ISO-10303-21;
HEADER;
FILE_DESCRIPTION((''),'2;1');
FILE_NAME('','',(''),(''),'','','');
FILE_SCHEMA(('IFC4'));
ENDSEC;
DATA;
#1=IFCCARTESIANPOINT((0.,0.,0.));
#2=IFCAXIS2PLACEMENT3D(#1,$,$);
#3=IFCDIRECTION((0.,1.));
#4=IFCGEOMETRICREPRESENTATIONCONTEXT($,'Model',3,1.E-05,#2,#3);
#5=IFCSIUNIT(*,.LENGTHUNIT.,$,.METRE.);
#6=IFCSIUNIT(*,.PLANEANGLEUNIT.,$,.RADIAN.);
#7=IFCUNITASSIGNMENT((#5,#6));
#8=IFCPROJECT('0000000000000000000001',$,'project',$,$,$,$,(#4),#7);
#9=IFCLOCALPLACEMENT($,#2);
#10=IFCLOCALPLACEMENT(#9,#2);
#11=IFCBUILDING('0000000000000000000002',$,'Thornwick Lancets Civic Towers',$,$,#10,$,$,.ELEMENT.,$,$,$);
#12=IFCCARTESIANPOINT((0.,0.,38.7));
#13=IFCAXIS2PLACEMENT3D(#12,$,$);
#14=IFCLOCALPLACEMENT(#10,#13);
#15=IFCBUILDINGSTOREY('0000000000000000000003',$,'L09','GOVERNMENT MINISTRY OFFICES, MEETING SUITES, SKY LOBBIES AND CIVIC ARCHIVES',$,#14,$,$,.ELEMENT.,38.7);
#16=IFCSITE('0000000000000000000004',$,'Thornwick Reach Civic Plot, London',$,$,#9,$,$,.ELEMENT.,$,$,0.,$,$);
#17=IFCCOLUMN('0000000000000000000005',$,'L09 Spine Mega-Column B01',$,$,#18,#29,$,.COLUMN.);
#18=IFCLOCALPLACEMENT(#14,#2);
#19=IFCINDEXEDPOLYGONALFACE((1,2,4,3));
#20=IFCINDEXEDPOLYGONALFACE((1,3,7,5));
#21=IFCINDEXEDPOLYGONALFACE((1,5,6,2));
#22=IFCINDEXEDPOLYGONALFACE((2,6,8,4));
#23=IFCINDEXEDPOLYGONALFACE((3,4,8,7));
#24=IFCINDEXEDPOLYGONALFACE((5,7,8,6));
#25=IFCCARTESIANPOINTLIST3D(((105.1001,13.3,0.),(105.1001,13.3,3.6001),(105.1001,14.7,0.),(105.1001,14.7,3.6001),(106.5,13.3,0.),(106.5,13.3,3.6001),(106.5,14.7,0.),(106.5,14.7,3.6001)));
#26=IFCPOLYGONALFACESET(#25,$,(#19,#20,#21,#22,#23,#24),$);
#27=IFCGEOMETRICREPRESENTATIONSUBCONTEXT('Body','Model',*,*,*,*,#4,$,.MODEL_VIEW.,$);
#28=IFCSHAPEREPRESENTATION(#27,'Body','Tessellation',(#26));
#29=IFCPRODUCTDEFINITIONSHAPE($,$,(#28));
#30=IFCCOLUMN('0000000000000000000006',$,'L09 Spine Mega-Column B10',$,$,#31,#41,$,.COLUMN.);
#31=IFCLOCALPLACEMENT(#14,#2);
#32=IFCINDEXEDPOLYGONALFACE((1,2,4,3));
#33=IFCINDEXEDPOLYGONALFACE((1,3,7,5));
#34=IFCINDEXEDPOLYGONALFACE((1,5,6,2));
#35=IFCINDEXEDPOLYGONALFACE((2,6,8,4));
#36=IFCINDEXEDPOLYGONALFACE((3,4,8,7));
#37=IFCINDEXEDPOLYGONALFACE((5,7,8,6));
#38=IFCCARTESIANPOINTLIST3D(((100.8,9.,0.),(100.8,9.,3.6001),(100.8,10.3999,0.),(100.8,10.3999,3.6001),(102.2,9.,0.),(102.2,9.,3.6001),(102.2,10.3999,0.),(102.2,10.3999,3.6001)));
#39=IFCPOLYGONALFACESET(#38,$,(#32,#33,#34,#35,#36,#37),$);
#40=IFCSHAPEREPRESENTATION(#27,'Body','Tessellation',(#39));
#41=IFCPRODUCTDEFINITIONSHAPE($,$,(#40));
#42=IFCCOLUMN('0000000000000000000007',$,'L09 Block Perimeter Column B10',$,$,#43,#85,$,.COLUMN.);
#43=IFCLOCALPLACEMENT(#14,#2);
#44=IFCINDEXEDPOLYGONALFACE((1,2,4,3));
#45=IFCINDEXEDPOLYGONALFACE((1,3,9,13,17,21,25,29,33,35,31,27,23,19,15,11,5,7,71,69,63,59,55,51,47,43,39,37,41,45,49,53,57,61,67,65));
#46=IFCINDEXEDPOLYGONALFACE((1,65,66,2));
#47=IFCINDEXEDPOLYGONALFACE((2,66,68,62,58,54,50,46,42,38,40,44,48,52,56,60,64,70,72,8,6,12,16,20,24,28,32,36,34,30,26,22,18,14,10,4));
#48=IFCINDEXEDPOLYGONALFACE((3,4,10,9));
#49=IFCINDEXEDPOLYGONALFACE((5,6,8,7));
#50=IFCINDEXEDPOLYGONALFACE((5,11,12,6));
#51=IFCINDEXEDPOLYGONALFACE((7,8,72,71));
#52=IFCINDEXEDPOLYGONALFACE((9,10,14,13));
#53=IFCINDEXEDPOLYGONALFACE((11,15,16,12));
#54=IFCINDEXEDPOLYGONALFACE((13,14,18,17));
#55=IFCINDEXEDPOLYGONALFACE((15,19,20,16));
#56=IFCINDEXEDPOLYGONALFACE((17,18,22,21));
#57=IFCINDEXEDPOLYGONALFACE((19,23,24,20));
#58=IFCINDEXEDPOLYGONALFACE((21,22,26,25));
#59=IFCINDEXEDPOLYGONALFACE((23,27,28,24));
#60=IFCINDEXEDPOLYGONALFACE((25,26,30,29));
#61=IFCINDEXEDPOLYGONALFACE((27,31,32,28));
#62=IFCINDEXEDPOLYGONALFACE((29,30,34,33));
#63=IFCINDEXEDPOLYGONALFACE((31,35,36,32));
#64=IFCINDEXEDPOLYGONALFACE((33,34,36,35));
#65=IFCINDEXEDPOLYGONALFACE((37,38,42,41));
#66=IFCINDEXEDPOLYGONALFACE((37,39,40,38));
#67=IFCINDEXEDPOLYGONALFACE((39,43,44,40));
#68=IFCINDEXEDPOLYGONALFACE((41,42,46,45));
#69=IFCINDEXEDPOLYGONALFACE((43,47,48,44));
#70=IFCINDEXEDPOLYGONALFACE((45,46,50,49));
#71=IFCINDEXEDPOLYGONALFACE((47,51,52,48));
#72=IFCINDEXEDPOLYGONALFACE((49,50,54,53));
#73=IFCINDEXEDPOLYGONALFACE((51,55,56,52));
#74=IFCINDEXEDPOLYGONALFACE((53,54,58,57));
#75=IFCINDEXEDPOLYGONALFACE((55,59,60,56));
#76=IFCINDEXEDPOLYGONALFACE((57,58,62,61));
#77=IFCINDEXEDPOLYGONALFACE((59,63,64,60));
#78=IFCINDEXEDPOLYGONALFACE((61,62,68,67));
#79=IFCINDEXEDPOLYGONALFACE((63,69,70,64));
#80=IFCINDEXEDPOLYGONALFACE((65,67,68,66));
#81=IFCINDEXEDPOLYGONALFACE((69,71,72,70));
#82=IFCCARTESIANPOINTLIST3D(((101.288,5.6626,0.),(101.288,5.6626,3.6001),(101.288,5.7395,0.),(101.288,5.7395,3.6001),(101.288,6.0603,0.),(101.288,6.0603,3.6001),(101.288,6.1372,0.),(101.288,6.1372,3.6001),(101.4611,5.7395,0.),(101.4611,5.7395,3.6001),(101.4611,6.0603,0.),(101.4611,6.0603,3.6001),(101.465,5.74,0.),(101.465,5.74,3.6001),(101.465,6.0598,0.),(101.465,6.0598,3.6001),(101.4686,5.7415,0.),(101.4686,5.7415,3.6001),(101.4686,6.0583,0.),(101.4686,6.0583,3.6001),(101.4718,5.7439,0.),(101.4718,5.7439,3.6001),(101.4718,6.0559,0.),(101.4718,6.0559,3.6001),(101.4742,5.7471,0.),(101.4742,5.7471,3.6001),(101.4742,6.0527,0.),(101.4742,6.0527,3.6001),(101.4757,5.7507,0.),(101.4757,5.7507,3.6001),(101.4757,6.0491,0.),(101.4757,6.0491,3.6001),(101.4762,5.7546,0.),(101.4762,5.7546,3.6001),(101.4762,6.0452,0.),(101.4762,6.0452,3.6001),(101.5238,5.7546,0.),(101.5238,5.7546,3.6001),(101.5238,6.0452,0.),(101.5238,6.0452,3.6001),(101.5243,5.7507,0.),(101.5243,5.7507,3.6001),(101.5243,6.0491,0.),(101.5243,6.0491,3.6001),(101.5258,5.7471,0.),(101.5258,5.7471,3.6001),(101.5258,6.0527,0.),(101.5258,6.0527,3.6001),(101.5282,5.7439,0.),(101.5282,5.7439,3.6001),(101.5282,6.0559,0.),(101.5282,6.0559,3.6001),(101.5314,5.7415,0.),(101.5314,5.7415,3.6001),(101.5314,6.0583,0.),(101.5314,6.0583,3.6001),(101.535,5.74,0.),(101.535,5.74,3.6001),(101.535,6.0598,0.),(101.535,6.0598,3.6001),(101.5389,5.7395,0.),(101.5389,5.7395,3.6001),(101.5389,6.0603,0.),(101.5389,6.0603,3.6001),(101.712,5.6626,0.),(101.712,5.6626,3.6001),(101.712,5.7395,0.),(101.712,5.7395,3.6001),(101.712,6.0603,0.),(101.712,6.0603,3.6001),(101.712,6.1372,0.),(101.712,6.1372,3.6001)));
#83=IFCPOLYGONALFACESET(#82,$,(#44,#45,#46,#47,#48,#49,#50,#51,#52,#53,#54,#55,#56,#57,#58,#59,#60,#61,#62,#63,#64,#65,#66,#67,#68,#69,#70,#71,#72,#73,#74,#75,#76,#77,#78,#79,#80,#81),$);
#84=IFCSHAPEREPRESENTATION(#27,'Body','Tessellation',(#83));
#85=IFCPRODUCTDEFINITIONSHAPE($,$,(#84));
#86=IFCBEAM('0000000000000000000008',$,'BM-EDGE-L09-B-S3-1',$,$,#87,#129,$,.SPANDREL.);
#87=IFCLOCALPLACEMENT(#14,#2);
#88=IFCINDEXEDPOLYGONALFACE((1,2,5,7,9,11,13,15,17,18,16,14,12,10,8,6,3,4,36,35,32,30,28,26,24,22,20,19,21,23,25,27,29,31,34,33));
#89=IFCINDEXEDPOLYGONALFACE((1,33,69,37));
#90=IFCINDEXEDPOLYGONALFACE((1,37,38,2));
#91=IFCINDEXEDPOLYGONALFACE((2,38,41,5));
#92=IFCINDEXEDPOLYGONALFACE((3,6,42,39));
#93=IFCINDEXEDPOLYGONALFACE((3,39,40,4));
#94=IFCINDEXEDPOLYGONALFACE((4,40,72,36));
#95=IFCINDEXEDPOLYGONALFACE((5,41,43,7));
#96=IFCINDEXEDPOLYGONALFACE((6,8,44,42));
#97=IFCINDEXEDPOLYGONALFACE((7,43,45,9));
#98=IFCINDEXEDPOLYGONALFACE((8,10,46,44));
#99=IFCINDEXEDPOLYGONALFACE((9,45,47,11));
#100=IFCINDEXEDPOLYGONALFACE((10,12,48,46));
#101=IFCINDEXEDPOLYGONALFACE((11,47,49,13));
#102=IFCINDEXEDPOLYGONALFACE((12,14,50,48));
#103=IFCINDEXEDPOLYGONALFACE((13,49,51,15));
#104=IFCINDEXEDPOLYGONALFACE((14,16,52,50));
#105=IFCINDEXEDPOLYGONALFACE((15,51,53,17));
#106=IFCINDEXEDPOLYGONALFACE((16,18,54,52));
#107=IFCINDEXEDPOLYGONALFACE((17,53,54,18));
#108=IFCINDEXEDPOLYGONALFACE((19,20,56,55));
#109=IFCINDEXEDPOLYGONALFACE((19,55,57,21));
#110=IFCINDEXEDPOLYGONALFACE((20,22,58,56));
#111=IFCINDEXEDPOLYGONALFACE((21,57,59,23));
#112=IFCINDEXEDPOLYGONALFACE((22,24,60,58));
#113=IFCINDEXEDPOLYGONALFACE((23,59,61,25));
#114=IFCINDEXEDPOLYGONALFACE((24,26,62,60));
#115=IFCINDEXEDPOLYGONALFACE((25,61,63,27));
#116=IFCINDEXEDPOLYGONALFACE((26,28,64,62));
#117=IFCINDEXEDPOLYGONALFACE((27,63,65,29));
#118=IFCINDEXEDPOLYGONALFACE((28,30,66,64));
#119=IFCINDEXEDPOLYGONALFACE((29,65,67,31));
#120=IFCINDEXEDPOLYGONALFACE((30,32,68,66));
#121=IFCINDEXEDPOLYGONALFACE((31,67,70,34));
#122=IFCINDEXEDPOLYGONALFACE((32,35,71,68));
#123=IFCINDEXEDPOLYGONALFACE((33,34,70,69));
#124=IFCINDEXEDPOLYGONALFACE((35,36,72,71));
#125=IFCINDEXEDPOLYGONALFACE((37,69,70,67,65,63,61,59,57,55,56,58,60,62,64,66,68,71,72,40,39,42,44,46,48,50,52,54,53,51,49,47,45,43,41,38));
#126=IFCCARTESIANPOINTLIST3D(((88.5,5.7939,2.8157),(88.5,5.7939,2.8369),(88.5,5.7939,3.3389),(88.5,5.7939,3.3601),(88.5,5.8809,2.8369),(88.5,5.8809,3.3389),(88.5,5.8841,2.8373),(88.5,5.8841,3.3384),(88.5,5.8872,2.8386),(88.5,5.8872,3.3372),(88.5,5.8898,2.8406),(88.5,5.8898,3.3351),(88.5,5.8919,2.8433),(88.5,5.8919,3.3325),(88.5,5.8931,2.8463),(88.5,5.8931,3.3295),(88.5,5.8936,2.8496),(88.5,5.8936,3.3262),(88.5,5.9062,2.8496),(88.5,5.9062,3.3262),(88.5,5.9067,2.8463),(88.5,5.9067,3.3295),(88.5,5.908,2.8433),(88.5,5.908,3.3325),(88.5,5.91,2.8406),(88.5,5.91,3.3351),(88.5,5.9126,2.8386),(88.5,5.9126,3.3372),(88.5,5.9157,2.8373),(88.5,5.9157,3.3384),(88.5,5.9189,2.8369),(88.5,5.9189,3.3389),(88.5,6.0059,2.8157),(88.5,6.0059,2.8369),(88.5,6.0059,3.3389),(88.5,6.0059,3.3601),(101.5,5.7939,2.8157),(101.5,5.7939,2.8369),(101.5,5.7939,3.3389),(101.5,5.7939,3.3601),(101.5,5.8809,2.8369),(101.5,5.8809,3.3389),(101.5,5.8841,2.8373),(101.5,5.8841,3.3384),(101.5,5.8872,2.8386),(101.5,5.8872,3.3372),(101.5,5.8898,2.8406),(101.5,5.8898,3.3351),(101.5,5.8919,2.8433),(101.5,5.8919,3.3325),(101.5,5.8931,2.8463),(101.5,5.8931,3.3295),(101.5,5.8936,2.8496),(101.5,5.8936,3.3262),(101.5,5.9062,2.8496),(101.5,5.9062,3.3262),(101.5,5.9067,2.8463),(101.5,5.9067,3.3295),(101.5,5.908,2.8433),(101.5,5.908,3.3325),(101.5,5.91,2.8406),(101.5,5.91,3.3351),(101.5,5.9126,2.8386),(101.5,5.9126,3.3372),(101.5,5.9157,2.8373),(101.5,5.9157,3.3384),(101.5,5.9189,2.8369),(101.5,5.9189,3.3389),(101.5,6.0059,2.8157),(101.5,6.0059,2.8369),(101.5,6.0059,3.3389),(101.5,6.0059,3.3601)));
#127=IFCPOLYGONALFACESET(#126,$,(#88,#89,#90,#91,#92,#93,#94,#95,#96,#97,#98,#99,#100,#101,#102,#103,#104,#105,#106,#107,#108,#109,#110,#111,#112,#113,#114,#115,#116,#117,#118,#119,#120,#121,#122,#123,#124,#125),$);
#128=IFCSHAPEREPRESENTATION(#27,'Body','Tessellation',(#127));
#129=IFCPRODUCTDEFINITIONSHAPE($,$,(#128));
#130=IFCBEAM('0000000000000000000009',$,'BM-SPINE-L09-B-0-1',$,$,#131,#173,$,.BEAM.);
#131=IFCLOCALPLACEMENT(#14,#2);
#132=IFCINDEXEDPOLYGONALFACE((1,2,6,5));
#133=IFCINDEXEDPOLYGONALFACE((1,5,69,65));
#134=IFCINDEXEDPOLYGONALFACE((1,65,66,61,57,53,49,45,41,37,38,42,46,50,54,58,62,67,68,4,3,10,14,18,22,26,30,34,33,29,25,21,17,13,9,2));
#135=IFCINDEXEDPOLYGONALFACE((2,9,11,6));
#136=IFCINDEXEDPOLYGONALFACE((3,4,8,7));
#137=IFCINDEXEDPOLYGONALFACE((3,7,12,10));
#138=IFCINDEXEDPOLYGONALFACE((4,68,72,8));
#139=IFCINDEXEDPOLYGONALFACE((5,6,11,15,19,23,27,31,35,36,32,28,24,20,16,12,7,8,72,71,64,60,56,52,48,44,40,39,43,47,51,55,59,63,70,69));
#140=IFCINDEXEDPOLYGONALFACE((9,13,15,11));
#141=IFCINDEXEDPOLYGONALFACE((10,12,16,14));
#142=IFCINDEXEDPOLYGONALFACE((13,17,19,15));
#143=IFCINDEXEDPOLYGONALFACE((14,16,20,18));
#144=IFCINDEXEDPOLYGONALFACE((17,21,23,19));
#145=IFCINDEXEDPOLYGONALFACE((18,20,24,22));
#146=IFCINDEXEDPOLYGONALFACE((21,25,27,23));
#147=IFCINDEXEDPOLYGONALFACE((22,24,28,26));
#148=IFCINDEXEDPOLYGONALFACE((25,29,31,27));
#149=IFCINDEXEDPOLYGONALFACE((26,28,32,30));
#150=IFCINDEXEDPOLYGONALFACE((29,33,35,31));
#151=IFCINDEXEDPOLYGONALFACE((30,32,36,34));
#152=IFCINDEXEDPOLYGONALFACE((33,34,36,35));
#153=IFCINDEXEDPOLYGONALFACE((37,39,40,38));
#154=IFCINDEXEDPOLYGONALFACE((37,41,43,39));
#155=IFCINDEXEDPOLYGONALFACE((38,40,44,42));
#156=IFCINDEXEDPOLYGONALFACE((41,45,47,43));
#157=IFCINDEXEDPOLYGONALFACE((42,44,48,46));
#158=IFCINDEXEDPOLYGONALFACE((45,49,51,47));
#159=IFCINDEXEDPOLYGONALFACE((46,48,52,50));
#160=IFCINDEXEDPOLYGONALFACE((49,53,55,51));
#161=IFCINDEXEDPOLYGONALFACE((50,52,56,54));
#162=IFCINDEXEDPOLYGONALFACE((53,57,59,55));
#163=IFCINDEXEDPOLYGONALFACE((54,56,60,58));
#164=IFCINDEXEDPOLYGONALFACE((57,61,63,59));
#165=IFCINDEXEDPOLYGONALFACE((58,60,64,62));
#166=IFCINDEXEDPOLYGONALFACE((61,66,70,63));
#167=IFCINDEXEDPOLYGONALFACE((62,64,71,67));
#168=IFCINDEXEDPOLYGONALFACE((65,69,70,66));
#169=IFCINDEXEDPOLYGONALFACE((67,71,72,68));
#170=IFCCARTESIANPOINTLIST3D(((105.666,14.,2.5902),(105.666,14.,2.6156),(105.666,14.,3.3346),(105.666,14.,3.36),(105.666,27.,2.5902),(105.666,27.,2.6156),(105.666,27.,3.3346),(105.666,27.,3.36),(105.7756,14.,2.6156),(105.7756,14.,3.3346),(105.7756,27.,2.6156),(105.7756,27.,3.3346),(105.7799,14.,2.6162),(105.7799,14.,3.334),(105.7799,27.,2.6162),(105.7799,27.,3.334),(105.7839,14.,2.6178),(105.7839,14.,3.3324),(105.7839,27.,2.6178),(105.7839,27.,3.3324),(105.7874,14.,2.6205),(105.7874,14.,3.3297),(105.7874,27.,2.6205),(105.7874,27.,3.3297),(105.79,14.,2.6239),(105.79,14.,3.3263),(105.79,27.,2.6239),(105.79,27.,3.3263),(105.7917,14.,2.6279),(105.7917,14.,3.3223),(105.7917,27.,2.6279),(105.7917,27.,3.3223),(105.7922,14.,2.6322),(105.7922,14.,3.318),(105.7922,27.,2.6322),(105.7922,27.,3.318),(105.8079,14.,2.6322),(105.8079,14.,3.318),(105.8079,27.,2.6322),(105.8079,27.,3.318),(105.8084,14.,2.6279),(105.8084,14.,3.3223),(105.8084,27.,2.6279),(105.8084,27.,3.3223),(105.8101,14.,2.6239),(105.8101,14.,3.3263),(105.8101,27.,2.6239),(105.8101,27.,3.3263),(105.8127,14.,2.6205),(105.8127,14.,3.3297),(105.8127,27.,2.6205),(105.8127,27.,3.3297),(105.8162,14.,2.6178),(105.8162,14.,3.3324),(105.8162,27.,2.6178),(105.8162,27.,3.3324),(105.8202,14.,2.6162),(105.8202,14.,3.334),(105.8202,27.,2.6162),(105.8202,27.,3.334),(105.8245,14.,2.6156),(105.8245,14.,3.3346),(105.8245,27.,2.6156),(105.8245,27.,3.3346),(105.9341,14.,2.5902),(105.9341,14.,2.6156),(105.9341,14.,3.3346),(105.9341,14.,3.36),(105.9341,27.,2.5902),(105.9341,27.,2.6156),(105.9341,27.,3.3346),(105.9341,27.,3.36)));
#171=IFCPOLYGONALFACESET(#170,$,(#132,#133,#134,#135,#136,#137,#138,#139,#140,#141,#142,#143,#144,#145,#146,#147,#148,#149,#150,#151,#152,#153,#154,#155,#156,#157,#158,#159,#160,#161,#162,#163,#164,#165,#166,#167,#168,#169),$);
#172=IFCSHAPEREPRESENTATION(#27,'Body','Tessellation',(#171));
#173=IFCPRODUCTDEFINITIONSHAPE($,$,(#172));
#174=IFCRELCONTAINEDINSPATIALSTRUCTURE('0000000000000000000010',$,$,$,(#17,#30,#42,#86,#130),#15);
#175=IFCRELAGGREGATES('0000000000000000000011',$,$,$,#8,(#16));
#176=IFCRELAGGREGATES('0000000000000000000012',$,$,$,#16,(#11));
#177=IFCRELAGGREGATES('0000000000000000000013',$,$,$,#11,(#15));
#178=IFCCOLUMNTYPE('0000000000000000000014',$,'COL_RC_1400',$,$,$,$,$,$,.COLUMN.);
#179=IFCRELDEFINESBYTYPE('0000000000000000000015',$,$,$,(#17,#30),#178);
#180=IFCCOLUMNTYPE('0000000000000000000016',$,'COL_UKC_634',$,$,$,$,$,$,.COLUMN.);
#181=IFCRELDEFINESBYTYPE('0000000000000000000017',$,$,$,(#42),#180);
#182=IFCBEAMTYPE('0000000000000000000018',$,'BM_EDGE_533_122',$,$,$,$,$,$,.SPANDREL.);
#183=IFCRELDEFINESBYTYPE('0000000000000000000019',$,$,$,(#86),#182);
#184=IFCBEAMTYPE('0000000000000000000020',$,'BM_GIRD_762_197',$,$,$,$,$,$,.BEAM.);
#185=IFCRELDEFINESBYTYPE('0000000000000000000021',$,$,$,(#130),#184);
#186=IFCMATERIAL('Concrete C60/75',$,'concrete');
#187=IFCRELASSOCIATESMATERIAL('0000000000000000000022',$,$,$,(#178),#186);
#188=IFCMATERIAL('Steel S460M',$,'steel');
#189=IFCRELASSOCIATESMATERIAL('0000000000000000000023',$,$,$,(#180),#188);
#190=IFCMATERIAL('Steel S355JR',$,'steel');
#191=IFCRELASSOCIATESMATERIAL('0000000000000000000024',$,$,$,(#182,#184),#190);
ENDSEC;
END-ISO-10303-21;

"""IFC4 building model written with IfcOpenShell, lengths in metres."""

from ifc_helpers import new_model, si_unit, direction, frame, origin, origin_2d, place, context, subcontext, project, spatial, rectangle, i_section, extrude, material, material_profile, profile_set, type_object, element, save


model = new_model("IFC4")

# Units and contexts
model_context = context("Model", 3, precision=1e-05, world=origin(), true_north=direction((0.0, 1.0)))
body_context = subcontext(model_context, "Body", "Model", "MODEL_VIEW")
ifc_project = project(units=[si_unit("LENGTHUNIT", "METRE"), si_unit("PLANEANGLEUNIT", "RADIAN")], contexts=[model_context])

# Site, building, storey
site_placement = place(None, origin())
site = spatial("IfcSite", under=ifc_project, at=site_placement, Name="Thornwick Reach Civic Plot, London", CompositionType="ELEMENT", RefElevation=0.0)
building_placement = place(site_placement, origin())
building = spatial("IfcBuilding", under=site, at=building_placement, Name="Thornwick Lancets Civic Towers", CompositionType="ELEMENT")
storey_placement = place(building_placement, frame((0.0, 0.0, 38.7)))
storey = spatial("IfcBuildingStorey", under=building, at=storey_placement, Name="L09", Description="GOVERNMENT MINISTRY OFFICES, MEETING SUITES, SKY LOBBIES AND CIVIC ARCHIVES", CompositionType="ELEMENT", Elevation=38.7)

# Columns
ifc_material_1 = material(Name="Concrete C60/75", Category="concrete")
ifc_material_profile_1 = material_profile(ifc_material_1, rectangle(XDim=1.3999, YDim=1.3999, at=origin_2d()), Name="RC 1400x1400")
ifc_profile_set_1 = profile_set([ifc_material_profile_1], Name="Concrete C60/75")
column_type_1 = type_object("IfcColumnType", Name="COL_RC_1400", PredefinedType="COLUMN", material=ifc_profile_set_1)
for number, where, z_axis, x_axis, name in (
    (1, (105.8, 14.0, 0.0), (0.0, 0.0, 1.0), (1.0, 0.0, 0.0), "L09 Spine Mega-Column B01"),
    (2, (101.5, 9.7, 0.0), (0.0, 0.0, 1.0), (1.0, 0.0, 0.0), "L09 Spine Mega-Column B10"),
):
    element("IfcColumn", number, at=place(storey_placement, frame(where, z_axis=z_axis, x_axis=x_axis)), inside=storey, type_object=column_type_1, Name=name, PredefinedType="COLUMN", context=body_context, shape_type="SweptSolid", body=[
        extrude(rectangle(XDim=1.3999, YDim=1.3999, at=origin_2d()), origin(), (0.0, 0.0, 1.0), 3.6001),
    ])
ifc_material_2 = material(Name="Steel S460M", Category="steel")
ifc_material_profile_2 = material_profile(ifc_material_2, i_section(OverallWidth=0.4241, OverallDepth=0.4746, WebThickness=0.0476, FlangeThickness=0.0769, FilletRadius=0.0151, at=origin_2d()), Name="UKC 356x406x634")
ifc_profile_set_2 = profile_set([ifc_material_profile_2], Name="Steel S460M")
column_type_2 = type_object("IfcColumnType", Name="COL_UKC_634", PredefinedType="COLUMN", material=ifc_profile_set_2)
column_placement = place(storey_placement, frame((101.5, 5.8999, 0.0), z_axis=(0.0, 0.0, 1.0), x_axis=(1.0, 0.0, 0.0)))
element("IfcColumn", 3, at=column_placement, inside=storey, type_object=column_type_2, Name="L09 Block Perimeter Column B10", PredefinedType="COLUMN", context=body_context, shape_type="SweptSolid", body=[
    extrude(i_section(OverallWidth=0.4241, OverallDepth=0.4746, WebThickness=0.0476, FlangeThickness=0.0769, FilletRadius=0.0151, at=origin_2d()), origin(), (0.0, 0.0, 1.0), 3.6001),
])

# Beams
ifc_material_3 = material(Name="Steel S355JR", Category="steel")
ifc_material_profile_3 = material_profile(ifc_material_3, i_section(OverallWidth=0.2119, OverallDepth=0.5444, WebThickness=0.0127, FlangeThickness=0.0212, FilletRadius=0.0127, at=origin_2d()), Name="UKB 533x210x122")
ifc_profile_set_3 = profile_set([ifc_material_profile_3], Name="Steel S355JR")
beam_type_1 = type_object("IfcBeamType", Name="BM_EDGE_533_122", PredefinedType="SPANDREL", material=ifc_profile_set_3)
beam_placement = place(storey_placement, frame((101.5, 5.8999, 3.0879), z_axis=(-1.0, 0.0, 0.0), x_axis=(0.0, -1.0, 0.0)))
element("IfcBeam", 4, at=beam_placement, inside=storey, type_object=beam_type_1, Name="BM-EDGE-L09-B-S3-1", PredefinedType="SPANDREL", context=body_context, shape_type="SweptSolid", body=[
    extrude(i_section(OverallWidth=0.2119, OverallDepth=0.5444, WebThickness=0.0127, FlangeThickness=0.0212, FilletRadius=0.0127, at=origin_2d()), origin(), (0.0, 0.0, 1.0), 13.0),
])
ifc_material_profile_4 = material_profile(ifc_material_3, i_section(OverallWidth=0.2681, OverallDepth=0.7698, WebThickness=0.0156, FlangeThickness=0.0254, FilletRadius=0.0166, at=origin_2d()), Name="UKB 762x267x197")
ifc_profile_set_4 = profile_set([ifc_material_profile_4], Name="Steel S355JR")
beam_type_2 = type_object("IfcBeamType", Name="BM_GIRD_762_197", PredefinedType="BEAM", material=ifc_profile_set_4)
for number, where, z_axis, x_axis, name in (
    (5, (105.8, 14.0, 2.9751), (0.0, 1.0, 0.0), (-1.0, 0.0, 0.0), "BM-SPINE-L09-B-0-1"),
):
    element("IfcBeam", number, at=place(storey_placement, frame(where, z_axis=z_axis, x_axis=x_axis)), inside=storey, type_object=beam_type_2, Name=name, PredefinedType="BEAM", context=body_context, shape_type="SweptSolid", body=[
        extrude(i_section(OverallWidth=0.2681, OverallDepth=0.7698, WebThickness=0.0156, FlangeThickness=0.0254, FilletRadius=0.0166, at=origin_2d()), origin(), (0.0, 0.0, 1.0), 13.0),
    ])

save(model, "model.ifc")
